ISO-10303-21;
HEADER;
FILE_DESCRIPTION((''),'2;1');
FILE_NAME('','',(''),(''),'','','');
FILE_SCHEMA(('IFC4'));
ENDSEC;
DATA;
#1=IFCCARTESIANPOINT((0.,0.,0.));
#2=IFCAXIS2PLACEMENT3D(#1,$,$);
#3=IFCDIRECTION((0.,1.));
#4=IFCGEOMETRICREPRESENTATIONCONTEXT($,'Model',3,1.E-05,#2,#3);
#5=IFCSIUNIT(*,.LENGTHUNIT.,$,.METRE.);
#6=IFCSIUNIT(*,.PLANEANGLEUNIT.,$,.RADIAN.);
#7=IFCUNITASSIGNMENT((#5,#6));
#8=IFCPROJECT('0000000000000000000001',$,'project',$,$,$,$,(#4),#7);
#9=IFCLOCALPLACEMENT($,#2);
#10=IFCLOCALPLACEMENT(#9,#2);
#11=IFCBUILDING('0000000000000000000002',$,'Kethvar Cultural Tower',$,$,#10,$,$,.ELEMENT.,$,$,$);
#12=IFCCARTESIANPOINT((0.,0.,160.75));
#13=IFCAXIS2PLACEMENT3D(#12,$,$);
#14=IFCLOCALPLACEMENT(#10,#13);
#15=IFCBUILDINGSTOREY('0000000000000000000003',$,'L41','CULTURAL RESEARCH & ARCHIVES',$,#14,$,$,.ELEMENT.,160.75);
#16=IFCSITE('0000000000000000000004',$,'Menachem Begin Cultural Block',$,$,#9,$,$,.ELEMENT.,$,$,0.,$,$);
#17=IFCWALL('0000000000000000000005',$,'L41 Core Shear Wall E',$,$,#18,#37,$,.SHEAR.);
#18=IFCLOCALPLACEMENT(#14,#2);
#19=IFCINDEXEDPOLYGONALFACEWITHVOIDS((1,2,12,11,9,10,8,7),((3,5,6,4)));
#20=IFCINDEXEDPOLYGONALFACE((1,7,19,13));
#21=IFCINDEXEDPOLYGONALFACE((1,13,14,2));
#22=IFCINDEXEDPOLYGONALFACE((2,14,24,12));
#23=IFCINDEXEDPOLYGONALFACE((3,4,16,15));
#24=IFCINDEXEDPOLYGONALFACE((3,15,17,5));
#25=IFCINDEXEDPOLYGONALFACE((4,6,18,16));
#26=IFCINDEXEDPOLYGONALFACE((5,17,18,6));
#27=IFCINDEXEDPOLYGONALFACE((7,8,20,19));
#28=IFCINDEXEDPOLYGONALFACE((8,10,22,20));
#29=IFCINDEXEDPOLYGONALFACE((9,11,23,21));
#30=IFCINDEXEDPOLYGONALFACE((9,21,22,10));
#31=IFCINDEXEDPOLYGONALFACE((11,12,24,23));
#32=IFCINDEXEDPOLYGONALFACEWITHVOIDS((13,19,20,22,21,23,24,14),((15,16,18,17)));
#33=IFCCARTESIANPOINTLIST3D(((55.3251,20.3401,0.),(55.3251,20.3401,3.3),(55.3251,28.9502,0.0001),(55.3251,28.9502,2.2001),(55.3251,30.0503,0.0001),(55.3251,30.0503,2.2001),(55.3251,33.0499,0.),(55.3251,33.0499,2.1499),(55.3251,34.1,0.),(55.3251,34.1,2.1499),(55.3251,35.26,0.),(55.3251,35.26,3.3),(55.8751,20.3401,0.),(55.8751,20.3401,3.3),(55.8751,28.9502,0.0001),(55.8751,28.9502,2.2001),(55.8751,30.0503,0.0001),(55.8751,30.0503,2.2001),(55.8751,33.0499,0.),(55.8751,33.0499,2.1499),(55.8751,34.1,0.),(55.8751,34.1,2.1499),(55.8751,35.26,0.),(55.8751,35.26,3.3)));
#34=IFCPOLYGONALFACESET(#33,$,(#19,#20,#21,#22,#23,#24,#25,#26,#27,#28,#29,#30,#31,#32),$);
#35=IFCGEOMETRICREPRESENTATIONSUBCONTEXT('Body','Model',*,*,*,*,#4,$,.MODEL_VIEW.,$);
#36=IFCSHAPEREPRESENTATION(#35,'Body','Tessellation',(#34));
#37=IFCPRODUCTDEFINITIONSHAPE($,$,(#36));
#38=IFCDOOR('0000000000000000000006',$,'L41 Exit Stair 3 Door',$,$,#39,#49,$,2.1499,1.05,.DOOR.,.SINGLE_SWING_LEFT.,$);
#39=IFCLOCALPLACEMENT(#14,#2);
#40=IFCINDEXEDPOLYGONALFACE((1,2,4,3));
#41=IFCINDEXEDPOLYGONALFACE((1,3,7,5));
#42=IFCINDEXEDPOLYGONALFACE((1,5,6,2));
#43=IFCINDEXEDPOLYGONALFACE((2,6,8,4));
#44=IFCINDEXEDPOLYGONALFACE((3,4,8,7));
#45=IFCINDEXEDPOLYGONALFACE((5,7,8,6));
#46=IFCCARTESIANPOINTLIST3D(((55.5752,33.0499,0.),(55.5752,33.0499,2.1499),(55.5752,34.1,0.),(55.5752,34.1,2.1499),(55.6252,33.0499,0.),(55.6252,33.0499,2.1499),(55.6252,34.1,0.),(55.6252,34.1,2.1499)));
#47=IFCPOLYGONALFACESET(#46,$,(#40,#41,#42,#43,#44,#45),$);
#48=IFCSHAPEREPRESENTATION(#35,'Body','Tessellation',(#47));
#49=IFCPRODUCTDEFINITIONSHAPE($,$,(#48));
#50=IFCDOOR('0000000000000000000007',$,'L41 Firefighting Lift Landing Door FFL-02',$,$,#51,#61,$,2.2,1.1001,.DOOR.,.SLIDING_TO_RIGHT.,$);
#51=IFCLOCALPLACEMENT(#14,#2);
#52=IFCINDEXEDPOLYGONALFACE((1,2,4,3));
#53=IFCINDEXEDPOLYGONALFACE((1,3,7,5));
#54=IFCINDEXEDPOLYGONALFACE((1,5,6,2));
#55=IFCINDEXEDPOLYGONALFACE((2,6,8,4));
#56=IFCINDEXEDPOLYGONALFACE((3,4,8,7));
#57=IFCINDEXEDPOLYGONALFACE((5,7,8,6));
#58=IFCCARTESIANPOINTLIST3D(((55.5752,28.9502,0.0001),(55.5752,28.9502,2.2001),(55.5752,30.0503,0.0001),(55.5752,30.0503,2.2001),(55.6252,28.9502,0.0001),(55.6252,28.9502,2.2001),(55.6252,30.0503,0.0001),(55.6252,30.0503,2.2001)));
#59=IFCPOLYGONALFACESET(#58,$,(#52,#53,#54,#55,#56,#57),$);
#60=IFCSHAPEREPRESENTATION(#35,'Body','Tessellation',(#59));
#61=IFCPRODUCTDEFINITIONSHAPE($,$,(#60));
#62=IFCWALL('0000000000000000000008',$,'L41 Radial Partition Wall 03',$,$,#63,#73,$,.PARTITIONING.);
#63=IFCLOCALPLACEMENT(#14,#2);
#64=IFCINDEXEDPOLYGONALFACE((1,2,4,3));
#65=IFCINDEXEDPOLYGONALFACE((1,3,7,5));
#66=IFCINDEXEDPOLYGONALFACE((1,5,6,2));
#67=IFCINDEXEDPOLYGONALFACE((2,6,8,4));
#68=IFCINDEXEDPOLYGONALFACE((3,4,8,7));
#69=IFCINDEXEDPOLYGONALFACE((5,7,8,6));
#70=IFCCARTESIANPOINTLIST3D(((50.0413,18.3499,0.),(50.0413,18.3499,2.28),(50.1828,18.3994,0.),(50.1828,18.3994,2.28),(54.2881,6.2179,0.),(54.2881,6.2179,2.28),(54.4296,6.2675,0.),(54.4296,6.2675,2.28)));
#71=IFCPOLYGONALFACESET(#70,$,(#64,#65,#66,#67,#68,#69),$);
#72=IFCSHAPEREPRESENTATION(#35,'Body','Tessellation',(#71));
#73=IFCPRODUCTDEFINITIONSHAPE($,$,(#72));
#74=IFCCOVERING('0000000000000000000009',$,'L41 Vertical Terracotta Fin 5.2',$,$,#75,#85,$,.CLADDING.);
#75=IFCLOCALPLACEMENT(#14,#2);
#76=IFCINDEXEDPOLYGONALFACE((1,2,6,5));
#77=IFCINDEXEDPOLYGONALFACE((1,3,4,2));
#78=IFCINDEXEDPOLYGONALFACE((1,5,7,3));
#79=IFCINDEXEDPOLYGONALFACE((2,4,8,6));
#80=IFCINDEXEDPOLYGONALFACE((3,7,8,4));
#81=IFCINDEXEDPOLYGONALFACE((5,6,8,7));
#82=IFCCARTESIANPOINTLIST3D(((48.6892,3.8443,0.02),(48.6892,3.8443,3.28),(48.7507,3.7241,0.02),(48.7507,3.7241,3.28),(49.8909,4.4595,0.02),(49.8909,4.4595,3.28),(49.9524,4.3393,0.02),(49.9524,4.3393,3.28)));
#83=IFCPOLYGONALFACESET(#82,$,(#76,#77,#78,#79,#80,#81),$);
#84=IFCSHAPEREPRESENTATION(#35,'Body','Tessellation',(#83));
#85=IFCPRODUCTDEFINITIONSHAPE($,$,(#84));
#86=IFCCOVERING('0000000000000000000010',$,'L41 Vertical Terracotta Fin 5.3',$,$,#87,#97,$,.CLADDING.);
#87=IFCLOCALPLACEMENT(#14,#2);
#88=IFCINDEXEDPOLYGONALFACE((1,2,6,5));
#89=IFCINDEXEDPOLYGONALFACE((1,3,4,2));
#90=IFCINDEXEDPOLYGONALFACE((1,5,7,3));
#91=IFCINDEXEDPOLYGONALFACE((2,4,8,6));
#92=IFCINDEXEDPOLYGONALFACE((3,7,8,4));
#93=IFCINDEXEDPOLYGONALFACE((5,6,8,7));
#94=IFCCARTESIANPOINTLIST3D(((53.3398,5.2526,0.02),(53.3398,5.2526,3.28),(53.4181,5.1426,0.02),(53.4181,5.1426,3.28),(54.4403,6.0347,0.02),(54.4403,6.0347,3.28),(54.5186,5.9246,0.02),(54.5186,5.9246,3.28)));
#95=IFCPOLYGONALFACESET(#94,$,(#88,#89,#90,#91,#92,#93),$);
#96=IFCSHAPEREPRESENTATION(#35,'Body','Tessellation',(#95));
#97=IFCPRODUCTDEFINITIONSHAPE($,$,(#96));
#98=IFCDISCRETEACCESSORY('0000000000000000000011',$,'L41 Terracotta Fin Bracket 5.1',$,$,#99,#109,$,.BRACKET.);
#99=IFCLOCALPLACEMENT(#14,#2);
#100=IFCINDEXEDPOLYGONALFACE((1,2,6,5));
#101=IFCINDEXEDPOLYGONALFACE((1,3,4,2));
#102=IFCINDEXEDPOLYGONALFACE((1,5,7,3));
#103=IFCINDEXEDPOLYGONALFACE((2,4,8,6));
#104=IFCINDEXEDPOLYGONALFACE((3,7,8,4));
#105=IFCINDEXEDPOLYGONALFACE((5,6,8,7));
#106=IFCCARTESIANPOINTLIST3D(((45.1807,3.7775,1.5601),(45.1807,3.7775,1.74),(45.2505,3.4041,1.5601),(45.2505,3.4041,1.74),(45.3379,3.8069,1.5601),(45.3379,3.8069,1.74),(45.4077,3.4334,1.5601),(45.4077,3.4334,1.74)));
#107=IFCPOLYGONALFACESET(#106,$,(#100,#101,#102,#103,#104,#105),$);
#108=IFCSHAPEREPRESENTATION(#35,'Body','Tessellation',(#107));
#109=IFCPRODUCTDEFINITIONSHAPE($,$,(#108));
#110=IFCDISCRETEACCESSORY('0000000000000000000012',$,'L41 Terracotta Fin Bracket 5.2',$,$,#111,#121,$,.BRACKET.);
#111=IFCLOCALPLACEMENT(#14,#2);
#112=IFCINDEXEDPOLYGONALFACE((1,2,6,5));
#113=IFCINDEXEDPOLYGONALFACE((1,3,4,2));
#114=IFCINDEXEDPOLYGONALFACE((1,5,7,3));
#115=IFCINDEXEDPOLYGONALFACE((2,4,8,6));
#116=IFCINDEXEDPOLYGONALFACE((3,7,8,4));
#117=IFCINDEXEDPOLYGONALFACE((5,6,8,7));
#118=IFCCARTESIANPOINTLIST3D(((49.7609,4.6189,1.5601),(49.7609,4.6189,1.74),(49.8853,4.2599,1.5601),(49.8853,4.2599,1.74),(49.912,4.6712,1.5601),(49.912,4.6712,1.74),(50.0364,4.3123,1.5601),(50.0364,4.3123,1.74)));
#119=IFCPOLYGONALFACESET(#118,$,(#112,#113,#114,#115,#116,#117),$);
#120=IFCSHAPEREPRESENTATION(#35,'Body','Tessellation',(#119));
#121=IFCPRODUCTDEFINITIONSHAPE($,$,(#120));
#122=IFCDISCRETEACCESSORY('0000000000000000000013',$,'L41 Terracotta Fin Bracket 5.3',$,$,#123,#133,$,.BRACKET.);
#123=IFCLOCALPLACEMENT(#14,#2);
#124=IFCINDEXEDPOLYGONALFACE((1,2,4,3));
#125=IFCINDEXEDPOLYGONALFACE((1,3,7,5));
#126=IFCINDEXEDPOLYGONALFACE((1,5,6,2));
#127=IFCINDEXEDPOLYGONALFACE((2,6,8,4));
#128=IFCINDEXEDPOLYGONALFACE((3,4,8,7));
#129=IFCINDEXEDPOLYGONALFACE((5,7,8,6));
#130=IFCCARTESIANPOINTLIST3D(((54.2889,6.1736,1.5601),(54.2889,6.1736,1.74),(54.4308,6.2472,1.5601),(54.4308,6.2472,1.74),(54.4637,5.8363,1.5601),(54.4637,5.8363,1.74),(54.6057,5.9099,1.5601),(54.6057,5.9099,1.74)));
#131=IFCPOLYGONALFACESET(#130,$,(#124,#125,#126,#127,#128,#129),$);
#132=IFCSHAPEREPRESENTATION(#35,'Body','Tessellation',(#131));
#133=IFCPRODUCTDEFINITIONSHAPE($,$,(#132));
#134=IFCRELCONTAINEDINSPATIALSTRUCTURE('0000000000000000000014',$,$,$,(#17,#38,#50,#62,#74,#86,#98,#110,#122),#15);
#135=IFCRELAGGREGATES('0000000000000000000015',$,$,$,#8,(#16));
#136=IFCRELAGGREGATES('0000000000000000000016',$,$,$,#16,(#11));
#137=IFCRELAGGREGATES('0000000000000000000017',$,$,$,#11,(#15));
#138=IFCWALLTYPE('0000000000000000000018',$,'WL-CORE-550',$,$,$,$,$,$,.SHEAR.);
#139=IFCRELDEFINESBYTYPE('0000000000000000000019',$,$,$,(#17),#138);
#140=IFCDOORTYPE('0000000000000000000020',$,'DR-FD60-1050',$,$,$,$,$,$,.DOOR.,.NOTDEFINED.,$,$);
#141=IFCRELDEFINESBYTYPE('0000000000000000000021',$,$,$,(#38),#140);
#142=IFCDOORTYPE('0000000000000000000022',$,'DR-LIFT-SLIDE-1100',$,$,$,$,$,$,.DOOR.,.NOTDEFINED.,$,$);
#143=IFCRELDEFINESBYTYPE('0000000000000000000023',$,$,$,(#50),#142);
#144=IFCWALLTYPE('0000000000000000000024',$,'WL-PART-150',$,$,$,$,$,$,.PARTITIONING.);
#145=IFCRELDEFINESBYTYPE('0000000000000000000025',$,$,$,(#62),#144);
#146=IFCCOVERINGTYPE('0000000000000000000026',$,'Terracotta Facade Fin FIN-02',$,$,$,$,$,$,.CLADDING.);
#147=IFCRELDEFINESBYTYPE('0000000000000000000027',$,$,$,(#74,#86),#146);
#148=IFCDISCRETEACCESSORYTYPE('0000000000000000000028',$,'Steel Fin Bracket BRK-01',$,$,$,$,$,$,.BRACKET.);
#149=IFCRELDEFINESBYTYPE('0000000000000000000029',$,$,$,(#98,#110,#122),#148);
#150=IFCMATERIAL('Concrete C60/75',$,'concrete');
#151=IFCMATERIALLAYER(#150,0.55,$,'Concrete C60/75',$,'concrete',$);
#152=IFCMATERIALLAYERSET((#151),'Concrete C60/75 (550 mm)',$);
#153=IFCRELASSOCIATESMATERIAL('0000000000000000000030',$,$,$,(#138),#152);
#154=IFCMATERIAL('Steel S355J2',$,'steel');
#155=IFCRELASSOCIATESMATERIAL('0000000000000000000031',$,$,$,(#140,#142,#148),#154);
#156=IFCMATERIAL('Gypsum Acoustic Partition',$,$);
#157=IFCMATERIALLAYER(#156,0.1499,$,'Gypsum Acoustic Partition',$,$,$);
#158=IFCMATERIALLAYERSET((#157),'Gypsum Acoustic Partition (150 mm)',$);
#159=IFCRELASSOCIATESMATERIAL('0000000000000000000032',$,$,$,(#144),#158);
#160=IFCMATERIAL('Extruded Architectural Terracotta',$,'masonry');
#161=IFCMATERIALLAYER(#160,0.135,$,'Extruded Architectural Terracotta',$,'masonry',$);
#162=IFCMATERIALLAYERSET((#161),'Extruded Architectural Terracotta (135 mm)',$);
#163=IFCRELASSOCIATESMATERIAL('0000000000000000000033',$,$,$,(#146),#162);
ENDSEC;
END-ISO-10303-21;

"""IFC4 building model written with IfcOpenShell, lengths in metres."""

from ifc_helpers import new_model, si_unit, direction, frame, frame_2d, origin, origin_2d, place, context, subcontext, project, spatial, rectangle, extrude, source, transform, mapped, material, layer, layer_set, type_object, element, fill, save


model = new_model("IFC4")

# Units and contexts
model_context = context("Model", 3, precision=1e-05, world=origin(), true_north=direction((0.0, 1.0)))
body_context = subcontext(model_context, "Body", "Model", "MODEL_VIEW")
ifc_project = project(units=[si_unit("LENGTHUNIT", "METRE"), si_unit("PLANEANGLEUNIT", "RADIAN")], contexts=[model_context])

# Site, building, storey
site_placement = place(None, origin())
site = spatial("IfcSite", under=ifc_project, at=site_placement, Name="Menachem Begin Cultural Block", CompositionType="ELEMENT", RefElevation=0.0)
building_placement = place(site_placement, origin())
building = spatial("IfcBuilding", under=site, at=building_placement, Name="Kethvar Cultural Tower", CompositionType="ELEMENT")
storey_placement = place(building_placement, frame((0.0, 0.0, 160.75)))
storey = spatial("IfcBuildingStorey", under=building, at=storey_placement, Name="L41", Description="CULTURAL RESEARCH & ARCHIVES", CompositionType="ELEMENT", Elevation=160.75)

# Shared definitions
ifc_material_1 = material(Name="Steel S355J2", Category="steel")

# Wall, openings, doors
ifc_material_2 = material(Name="Concrete C60/75", Category="concrete")
ifc_layer_1 = layer(ifc_material_2, 0.55, Name="Concrete C60/75", Category="concrete")
ifc_layer_set_1 = layer_set([ifc_layer_1], Name="Concrete C60/75 (550 mm)")
wall_type_1 = type_object("IfcWallType", Name="WL-CORE-550", PredefinedType="SHEAR", material=ifc_layer_set_1)
wall_1_placement = place(storey_placement, frame((55.6001, 20.3401, 0.0), z_axis=(0.0, 0.0, 1.0), x_axis=(0.0, 1.0, 0.0)))
wall_1 = element("IfcWall", 1, at=wall_1_placement, inside=storey, type_object=wall_type_1, Name="L41 Core Shear Wall E", PredefinedType="SHEAR", context=body_context, shape_type="SweptSolid", body=[
    extrude(rectangle(XDim=14.9199, YDim=0.55, at=frame_2d((7.46, 0.0))), origin(), (0.0, 0.0, 1.0), 3.3),
])
opening_1_placement = place(wall_1_placement, frame((12.71, 0.0, 0.0)))
opening_1 = element("IfcOpeningElement", 2, at=opening_1_placement, cuts=wall_1, PredefinedType="OPENING", context=body_context, shape_type="SweptSolid", body=[
    extrude(rectangle(XDim=1.05, YDim=2.1499, at=frame_2d((0.5249, 1.075))), frame((0.0, 0.2849, 0.0), z_axis=(0.0, -1.0, 0.0), x_axis=(1.0, 0.0, 0.0)), (0.0, 0.0, 1.0), 0.5701),
])
opening_2_placement = place(wall_1_placement, frame((8.6101, 0.0, 0.0)))
opening_2 = element("IfcOpeningElement", 3, at=opening_2_placement, cuts=wall_1, PredefinedType="OPENING", context=body_context, shape_type="SweptSolid", body=[
    extrude(rectangle(XDim=1.1001, YDim=2.2, at=frame_2d((0.55, 1.1001))), frame((0.0, 0.2849, 0.0), z_axis=(0.0, -1.0, 0.0), x_axis=(1.0, 0.0, 0.0)), (0.0, 0.0, 1.0), 0.5701),
])
door_type_1 = type_object("IfcDoorType", Name="DR-FD60-1050", OperationType="NOTDEFINED", PredefinedType="DOOR", material=ifc_material_1)
shared_shape_1 = source(origin(), body_context, "Body", "SweptSolid", [
    extrude(rectangle(XDim=1.05, YDim=2.1499, at=frame_2d((0.5249, 1.075))), frame((0.0, 0.0249, 0.0), z_axis=(0.0, -1.0, 0.0), x_axis=(1.0, 0.0, 0.0)), (0.0, 0.0, 1.0), 0.05),
])
door_1_placement = place(opening_1_placement, origin())
door_1 = element("IfcDoor", 4, at=door_1_placement, inside=storey, type_object=door_type_1, Name="L41 Exit Stair 3 Door", OperationType="SINGLE_SWING_LEFT", OverallHeight=2.1499, OverallWidth=1.05, PredefinedType="DOOR", context=body_context, shape_type="MappedRepresentation", body=[
    mapped(shared_shape_1, transform((0.0, 0.0, 0.0), scale=1.0)),
])
fill(opening_1, door_1)
door_type_2 = type_object("IfcDoorType", Name="DR-LIFT-SLIDE-1100", OperationType="NOTDEFINED", PredefinedType="DOOR", material=ifc_material_1)
shared_shape_2 = source(origin(), body_context, "Body", "SweptSolid", [
    extrude(rectangle(XDim=1.1001, YDim=2.2, at=frame_2d((0.55, 1.1001))), frame((0.0, 0.0249, 0.0), z_axis=(0.0, -1.0, 0.0), x_axis=(1.0, 0.0, 0.0)), (0.0, 0.0, 1.0), 0.05),
])
door_2_placement = place(opening_2_placement, origin())
door_2 = element("IfcDoor", 5, at=door_2_placement, inside=storey, type_object=door_type_2, Name="L41 Firefighting Lift Landing Door FFL-02", OperationType="SLIDING_TO_RIGHT", OverallHeight=2.2, OverallWidth=1.1001, PredefinedType="DOOR", context=body_context, shape_type="MappedRepresentation", body=[
    mapped(shared_shape_2, transform((0.0, 0.0, 0.0), scale=1.0)),
])
fill(opening_2, door_2)

# Wall
ifc_material_3 = material(Name="Gypsum Acoustic Partition")
ifc_layer_2 = layer(ifc_material_3, 0.1499, Name="Gypsum Acoustic Partition")
ifc_layer_set_2 = layer_set([ifc_layer_2], Name="Gypsum Acoustic Partition (150 mm)")
wall_type_2 = type_object("IfcWallType", Name="WL-PART-150", PredefinedType="PARTITIONING", material=ifc_layer_set_2)
wall_2_placement = place(storey_placement, frame((50.1121, 18.3745, 0.0), z_axis=(0.0, 0.0, 1.0), x_axis=(0.330398, -0.943842, 0.0)))
element("IfcWall", 6, at=wall_2_placement, inside=storey, type_object=wall_type_2, Name="L41 Radial Partition Wall 03", PredefinedType="PARTITIONING", context=body_context, shape_type="SweptSolid", body=[
    extrude(rectangle(XDim=12.8538, YDim=0.1499, at=frame_2d((6.4268, 0.0))), origin(), (0.0, 0.0, 1.0), 2.28),
])

# Coverings
ifc_material_4 = material(Name="Extruded Architectural Terracotta", Category="masonry")
ifc_layer_3 = layer(ifc_material_4, 0.135, Name="Extruded Architectural Terracotta", Category="masonry")
ifc_layer_set_3 = layer_set([ifc_layer_3], Name="Extruded Architectural Terracotta (135 mm)")
covering_type = type_object("IfcCoveringType", Name="Terracotta Facade Fin FIN-02", PredefinedType="CLADDING", material=ifc_layer_set_3)
shared_shape_3 = source(origin(), body_context, "Body", "SweptSolid", [
    extrude(rectangle(XDim=1.3501, YDim=0.135, at=origin_2d()), origin(), (0.0, 0.0, 1.0), 3.26),
])
for number, where, z_axis, x_axis, name in (
    (7, (49.3208, 4.0918, 0.02), (0.0, 0.0, 1.0), (-0.890133, -0.4557, 0.0), "L41 Vertical Terracotta Fin 5.2"),
    (8, (53.9292, 5.5886, 0.02), (0.0, 0.0, 1.0), (-0.815128, -0.579281, 0.0), "L41 Vertical Terracotta Fin 5.3"),
):
    element("IfcCovering", number, at=place(storey_placement, frame(where, z_axis=z_axis, x_axis=x_axis)), inside=storey, type_object=covering_type, Name=name, PredefinedType="CLADDING", context=body_context, shape_type="MappedRepresentation", body=[
        mapped(shared_shape_3, transform((0.0, 0.0, 0.0), scale=1.0)),
    ])

# Discrete accessories
discrete_accessory_type = type_object("IfcDiscreteAccessoryType", Name="Steel Fin Bracket BRK-01", PredefinedType="BRACKET", material=ifc_material_1)
shared_shape_4 = source(origin(), body_context, "Body", "SweptSolid", [
    extrude(rectangle(XDim=0.3799, YDim=0.1599, at=origin_2d()), origin(), (0.0, 0.0, 1.0), 0.1799),
])
for number, where, z_axis, x_axis, name in (
    (9, (45.2942, 3.6055, 1.5601), (0.0, 0.0, 1.0), (0.183608, -0.983, 0.0), "L41 Terracotta Fin Bracket 5.1"),
    (10, (49.8987, 4.4656, 1.5601), (0.0, 0.0, 1.0), (0.327383, -0.944892, 0.0), "L41 Terracotta Fin Bracket 5.2"),
    (11, (54.4473, 6.0417, 1.5601), (0.0, 0.0, 1.0), (0.4602, -0.887815, 0.0), "L41 Terracotta Fin Bracket 5.3"),
):
    element("IfcDiscreteAccessory", number, at=place(storey_placement, frame(where, z_axis=z_axis, x_axis=x_axis)), inside=storey, type_object=discrete_accessory_type, Name=name, PredefinedType="BRACKET", context=body_context, shape_type="MappedRepresentation", body=[
        mapped(shared_shape_4, transform((0.0, 0.0, 0.0), scale=1.0)),
    ])

save(model, "model.ifc")
